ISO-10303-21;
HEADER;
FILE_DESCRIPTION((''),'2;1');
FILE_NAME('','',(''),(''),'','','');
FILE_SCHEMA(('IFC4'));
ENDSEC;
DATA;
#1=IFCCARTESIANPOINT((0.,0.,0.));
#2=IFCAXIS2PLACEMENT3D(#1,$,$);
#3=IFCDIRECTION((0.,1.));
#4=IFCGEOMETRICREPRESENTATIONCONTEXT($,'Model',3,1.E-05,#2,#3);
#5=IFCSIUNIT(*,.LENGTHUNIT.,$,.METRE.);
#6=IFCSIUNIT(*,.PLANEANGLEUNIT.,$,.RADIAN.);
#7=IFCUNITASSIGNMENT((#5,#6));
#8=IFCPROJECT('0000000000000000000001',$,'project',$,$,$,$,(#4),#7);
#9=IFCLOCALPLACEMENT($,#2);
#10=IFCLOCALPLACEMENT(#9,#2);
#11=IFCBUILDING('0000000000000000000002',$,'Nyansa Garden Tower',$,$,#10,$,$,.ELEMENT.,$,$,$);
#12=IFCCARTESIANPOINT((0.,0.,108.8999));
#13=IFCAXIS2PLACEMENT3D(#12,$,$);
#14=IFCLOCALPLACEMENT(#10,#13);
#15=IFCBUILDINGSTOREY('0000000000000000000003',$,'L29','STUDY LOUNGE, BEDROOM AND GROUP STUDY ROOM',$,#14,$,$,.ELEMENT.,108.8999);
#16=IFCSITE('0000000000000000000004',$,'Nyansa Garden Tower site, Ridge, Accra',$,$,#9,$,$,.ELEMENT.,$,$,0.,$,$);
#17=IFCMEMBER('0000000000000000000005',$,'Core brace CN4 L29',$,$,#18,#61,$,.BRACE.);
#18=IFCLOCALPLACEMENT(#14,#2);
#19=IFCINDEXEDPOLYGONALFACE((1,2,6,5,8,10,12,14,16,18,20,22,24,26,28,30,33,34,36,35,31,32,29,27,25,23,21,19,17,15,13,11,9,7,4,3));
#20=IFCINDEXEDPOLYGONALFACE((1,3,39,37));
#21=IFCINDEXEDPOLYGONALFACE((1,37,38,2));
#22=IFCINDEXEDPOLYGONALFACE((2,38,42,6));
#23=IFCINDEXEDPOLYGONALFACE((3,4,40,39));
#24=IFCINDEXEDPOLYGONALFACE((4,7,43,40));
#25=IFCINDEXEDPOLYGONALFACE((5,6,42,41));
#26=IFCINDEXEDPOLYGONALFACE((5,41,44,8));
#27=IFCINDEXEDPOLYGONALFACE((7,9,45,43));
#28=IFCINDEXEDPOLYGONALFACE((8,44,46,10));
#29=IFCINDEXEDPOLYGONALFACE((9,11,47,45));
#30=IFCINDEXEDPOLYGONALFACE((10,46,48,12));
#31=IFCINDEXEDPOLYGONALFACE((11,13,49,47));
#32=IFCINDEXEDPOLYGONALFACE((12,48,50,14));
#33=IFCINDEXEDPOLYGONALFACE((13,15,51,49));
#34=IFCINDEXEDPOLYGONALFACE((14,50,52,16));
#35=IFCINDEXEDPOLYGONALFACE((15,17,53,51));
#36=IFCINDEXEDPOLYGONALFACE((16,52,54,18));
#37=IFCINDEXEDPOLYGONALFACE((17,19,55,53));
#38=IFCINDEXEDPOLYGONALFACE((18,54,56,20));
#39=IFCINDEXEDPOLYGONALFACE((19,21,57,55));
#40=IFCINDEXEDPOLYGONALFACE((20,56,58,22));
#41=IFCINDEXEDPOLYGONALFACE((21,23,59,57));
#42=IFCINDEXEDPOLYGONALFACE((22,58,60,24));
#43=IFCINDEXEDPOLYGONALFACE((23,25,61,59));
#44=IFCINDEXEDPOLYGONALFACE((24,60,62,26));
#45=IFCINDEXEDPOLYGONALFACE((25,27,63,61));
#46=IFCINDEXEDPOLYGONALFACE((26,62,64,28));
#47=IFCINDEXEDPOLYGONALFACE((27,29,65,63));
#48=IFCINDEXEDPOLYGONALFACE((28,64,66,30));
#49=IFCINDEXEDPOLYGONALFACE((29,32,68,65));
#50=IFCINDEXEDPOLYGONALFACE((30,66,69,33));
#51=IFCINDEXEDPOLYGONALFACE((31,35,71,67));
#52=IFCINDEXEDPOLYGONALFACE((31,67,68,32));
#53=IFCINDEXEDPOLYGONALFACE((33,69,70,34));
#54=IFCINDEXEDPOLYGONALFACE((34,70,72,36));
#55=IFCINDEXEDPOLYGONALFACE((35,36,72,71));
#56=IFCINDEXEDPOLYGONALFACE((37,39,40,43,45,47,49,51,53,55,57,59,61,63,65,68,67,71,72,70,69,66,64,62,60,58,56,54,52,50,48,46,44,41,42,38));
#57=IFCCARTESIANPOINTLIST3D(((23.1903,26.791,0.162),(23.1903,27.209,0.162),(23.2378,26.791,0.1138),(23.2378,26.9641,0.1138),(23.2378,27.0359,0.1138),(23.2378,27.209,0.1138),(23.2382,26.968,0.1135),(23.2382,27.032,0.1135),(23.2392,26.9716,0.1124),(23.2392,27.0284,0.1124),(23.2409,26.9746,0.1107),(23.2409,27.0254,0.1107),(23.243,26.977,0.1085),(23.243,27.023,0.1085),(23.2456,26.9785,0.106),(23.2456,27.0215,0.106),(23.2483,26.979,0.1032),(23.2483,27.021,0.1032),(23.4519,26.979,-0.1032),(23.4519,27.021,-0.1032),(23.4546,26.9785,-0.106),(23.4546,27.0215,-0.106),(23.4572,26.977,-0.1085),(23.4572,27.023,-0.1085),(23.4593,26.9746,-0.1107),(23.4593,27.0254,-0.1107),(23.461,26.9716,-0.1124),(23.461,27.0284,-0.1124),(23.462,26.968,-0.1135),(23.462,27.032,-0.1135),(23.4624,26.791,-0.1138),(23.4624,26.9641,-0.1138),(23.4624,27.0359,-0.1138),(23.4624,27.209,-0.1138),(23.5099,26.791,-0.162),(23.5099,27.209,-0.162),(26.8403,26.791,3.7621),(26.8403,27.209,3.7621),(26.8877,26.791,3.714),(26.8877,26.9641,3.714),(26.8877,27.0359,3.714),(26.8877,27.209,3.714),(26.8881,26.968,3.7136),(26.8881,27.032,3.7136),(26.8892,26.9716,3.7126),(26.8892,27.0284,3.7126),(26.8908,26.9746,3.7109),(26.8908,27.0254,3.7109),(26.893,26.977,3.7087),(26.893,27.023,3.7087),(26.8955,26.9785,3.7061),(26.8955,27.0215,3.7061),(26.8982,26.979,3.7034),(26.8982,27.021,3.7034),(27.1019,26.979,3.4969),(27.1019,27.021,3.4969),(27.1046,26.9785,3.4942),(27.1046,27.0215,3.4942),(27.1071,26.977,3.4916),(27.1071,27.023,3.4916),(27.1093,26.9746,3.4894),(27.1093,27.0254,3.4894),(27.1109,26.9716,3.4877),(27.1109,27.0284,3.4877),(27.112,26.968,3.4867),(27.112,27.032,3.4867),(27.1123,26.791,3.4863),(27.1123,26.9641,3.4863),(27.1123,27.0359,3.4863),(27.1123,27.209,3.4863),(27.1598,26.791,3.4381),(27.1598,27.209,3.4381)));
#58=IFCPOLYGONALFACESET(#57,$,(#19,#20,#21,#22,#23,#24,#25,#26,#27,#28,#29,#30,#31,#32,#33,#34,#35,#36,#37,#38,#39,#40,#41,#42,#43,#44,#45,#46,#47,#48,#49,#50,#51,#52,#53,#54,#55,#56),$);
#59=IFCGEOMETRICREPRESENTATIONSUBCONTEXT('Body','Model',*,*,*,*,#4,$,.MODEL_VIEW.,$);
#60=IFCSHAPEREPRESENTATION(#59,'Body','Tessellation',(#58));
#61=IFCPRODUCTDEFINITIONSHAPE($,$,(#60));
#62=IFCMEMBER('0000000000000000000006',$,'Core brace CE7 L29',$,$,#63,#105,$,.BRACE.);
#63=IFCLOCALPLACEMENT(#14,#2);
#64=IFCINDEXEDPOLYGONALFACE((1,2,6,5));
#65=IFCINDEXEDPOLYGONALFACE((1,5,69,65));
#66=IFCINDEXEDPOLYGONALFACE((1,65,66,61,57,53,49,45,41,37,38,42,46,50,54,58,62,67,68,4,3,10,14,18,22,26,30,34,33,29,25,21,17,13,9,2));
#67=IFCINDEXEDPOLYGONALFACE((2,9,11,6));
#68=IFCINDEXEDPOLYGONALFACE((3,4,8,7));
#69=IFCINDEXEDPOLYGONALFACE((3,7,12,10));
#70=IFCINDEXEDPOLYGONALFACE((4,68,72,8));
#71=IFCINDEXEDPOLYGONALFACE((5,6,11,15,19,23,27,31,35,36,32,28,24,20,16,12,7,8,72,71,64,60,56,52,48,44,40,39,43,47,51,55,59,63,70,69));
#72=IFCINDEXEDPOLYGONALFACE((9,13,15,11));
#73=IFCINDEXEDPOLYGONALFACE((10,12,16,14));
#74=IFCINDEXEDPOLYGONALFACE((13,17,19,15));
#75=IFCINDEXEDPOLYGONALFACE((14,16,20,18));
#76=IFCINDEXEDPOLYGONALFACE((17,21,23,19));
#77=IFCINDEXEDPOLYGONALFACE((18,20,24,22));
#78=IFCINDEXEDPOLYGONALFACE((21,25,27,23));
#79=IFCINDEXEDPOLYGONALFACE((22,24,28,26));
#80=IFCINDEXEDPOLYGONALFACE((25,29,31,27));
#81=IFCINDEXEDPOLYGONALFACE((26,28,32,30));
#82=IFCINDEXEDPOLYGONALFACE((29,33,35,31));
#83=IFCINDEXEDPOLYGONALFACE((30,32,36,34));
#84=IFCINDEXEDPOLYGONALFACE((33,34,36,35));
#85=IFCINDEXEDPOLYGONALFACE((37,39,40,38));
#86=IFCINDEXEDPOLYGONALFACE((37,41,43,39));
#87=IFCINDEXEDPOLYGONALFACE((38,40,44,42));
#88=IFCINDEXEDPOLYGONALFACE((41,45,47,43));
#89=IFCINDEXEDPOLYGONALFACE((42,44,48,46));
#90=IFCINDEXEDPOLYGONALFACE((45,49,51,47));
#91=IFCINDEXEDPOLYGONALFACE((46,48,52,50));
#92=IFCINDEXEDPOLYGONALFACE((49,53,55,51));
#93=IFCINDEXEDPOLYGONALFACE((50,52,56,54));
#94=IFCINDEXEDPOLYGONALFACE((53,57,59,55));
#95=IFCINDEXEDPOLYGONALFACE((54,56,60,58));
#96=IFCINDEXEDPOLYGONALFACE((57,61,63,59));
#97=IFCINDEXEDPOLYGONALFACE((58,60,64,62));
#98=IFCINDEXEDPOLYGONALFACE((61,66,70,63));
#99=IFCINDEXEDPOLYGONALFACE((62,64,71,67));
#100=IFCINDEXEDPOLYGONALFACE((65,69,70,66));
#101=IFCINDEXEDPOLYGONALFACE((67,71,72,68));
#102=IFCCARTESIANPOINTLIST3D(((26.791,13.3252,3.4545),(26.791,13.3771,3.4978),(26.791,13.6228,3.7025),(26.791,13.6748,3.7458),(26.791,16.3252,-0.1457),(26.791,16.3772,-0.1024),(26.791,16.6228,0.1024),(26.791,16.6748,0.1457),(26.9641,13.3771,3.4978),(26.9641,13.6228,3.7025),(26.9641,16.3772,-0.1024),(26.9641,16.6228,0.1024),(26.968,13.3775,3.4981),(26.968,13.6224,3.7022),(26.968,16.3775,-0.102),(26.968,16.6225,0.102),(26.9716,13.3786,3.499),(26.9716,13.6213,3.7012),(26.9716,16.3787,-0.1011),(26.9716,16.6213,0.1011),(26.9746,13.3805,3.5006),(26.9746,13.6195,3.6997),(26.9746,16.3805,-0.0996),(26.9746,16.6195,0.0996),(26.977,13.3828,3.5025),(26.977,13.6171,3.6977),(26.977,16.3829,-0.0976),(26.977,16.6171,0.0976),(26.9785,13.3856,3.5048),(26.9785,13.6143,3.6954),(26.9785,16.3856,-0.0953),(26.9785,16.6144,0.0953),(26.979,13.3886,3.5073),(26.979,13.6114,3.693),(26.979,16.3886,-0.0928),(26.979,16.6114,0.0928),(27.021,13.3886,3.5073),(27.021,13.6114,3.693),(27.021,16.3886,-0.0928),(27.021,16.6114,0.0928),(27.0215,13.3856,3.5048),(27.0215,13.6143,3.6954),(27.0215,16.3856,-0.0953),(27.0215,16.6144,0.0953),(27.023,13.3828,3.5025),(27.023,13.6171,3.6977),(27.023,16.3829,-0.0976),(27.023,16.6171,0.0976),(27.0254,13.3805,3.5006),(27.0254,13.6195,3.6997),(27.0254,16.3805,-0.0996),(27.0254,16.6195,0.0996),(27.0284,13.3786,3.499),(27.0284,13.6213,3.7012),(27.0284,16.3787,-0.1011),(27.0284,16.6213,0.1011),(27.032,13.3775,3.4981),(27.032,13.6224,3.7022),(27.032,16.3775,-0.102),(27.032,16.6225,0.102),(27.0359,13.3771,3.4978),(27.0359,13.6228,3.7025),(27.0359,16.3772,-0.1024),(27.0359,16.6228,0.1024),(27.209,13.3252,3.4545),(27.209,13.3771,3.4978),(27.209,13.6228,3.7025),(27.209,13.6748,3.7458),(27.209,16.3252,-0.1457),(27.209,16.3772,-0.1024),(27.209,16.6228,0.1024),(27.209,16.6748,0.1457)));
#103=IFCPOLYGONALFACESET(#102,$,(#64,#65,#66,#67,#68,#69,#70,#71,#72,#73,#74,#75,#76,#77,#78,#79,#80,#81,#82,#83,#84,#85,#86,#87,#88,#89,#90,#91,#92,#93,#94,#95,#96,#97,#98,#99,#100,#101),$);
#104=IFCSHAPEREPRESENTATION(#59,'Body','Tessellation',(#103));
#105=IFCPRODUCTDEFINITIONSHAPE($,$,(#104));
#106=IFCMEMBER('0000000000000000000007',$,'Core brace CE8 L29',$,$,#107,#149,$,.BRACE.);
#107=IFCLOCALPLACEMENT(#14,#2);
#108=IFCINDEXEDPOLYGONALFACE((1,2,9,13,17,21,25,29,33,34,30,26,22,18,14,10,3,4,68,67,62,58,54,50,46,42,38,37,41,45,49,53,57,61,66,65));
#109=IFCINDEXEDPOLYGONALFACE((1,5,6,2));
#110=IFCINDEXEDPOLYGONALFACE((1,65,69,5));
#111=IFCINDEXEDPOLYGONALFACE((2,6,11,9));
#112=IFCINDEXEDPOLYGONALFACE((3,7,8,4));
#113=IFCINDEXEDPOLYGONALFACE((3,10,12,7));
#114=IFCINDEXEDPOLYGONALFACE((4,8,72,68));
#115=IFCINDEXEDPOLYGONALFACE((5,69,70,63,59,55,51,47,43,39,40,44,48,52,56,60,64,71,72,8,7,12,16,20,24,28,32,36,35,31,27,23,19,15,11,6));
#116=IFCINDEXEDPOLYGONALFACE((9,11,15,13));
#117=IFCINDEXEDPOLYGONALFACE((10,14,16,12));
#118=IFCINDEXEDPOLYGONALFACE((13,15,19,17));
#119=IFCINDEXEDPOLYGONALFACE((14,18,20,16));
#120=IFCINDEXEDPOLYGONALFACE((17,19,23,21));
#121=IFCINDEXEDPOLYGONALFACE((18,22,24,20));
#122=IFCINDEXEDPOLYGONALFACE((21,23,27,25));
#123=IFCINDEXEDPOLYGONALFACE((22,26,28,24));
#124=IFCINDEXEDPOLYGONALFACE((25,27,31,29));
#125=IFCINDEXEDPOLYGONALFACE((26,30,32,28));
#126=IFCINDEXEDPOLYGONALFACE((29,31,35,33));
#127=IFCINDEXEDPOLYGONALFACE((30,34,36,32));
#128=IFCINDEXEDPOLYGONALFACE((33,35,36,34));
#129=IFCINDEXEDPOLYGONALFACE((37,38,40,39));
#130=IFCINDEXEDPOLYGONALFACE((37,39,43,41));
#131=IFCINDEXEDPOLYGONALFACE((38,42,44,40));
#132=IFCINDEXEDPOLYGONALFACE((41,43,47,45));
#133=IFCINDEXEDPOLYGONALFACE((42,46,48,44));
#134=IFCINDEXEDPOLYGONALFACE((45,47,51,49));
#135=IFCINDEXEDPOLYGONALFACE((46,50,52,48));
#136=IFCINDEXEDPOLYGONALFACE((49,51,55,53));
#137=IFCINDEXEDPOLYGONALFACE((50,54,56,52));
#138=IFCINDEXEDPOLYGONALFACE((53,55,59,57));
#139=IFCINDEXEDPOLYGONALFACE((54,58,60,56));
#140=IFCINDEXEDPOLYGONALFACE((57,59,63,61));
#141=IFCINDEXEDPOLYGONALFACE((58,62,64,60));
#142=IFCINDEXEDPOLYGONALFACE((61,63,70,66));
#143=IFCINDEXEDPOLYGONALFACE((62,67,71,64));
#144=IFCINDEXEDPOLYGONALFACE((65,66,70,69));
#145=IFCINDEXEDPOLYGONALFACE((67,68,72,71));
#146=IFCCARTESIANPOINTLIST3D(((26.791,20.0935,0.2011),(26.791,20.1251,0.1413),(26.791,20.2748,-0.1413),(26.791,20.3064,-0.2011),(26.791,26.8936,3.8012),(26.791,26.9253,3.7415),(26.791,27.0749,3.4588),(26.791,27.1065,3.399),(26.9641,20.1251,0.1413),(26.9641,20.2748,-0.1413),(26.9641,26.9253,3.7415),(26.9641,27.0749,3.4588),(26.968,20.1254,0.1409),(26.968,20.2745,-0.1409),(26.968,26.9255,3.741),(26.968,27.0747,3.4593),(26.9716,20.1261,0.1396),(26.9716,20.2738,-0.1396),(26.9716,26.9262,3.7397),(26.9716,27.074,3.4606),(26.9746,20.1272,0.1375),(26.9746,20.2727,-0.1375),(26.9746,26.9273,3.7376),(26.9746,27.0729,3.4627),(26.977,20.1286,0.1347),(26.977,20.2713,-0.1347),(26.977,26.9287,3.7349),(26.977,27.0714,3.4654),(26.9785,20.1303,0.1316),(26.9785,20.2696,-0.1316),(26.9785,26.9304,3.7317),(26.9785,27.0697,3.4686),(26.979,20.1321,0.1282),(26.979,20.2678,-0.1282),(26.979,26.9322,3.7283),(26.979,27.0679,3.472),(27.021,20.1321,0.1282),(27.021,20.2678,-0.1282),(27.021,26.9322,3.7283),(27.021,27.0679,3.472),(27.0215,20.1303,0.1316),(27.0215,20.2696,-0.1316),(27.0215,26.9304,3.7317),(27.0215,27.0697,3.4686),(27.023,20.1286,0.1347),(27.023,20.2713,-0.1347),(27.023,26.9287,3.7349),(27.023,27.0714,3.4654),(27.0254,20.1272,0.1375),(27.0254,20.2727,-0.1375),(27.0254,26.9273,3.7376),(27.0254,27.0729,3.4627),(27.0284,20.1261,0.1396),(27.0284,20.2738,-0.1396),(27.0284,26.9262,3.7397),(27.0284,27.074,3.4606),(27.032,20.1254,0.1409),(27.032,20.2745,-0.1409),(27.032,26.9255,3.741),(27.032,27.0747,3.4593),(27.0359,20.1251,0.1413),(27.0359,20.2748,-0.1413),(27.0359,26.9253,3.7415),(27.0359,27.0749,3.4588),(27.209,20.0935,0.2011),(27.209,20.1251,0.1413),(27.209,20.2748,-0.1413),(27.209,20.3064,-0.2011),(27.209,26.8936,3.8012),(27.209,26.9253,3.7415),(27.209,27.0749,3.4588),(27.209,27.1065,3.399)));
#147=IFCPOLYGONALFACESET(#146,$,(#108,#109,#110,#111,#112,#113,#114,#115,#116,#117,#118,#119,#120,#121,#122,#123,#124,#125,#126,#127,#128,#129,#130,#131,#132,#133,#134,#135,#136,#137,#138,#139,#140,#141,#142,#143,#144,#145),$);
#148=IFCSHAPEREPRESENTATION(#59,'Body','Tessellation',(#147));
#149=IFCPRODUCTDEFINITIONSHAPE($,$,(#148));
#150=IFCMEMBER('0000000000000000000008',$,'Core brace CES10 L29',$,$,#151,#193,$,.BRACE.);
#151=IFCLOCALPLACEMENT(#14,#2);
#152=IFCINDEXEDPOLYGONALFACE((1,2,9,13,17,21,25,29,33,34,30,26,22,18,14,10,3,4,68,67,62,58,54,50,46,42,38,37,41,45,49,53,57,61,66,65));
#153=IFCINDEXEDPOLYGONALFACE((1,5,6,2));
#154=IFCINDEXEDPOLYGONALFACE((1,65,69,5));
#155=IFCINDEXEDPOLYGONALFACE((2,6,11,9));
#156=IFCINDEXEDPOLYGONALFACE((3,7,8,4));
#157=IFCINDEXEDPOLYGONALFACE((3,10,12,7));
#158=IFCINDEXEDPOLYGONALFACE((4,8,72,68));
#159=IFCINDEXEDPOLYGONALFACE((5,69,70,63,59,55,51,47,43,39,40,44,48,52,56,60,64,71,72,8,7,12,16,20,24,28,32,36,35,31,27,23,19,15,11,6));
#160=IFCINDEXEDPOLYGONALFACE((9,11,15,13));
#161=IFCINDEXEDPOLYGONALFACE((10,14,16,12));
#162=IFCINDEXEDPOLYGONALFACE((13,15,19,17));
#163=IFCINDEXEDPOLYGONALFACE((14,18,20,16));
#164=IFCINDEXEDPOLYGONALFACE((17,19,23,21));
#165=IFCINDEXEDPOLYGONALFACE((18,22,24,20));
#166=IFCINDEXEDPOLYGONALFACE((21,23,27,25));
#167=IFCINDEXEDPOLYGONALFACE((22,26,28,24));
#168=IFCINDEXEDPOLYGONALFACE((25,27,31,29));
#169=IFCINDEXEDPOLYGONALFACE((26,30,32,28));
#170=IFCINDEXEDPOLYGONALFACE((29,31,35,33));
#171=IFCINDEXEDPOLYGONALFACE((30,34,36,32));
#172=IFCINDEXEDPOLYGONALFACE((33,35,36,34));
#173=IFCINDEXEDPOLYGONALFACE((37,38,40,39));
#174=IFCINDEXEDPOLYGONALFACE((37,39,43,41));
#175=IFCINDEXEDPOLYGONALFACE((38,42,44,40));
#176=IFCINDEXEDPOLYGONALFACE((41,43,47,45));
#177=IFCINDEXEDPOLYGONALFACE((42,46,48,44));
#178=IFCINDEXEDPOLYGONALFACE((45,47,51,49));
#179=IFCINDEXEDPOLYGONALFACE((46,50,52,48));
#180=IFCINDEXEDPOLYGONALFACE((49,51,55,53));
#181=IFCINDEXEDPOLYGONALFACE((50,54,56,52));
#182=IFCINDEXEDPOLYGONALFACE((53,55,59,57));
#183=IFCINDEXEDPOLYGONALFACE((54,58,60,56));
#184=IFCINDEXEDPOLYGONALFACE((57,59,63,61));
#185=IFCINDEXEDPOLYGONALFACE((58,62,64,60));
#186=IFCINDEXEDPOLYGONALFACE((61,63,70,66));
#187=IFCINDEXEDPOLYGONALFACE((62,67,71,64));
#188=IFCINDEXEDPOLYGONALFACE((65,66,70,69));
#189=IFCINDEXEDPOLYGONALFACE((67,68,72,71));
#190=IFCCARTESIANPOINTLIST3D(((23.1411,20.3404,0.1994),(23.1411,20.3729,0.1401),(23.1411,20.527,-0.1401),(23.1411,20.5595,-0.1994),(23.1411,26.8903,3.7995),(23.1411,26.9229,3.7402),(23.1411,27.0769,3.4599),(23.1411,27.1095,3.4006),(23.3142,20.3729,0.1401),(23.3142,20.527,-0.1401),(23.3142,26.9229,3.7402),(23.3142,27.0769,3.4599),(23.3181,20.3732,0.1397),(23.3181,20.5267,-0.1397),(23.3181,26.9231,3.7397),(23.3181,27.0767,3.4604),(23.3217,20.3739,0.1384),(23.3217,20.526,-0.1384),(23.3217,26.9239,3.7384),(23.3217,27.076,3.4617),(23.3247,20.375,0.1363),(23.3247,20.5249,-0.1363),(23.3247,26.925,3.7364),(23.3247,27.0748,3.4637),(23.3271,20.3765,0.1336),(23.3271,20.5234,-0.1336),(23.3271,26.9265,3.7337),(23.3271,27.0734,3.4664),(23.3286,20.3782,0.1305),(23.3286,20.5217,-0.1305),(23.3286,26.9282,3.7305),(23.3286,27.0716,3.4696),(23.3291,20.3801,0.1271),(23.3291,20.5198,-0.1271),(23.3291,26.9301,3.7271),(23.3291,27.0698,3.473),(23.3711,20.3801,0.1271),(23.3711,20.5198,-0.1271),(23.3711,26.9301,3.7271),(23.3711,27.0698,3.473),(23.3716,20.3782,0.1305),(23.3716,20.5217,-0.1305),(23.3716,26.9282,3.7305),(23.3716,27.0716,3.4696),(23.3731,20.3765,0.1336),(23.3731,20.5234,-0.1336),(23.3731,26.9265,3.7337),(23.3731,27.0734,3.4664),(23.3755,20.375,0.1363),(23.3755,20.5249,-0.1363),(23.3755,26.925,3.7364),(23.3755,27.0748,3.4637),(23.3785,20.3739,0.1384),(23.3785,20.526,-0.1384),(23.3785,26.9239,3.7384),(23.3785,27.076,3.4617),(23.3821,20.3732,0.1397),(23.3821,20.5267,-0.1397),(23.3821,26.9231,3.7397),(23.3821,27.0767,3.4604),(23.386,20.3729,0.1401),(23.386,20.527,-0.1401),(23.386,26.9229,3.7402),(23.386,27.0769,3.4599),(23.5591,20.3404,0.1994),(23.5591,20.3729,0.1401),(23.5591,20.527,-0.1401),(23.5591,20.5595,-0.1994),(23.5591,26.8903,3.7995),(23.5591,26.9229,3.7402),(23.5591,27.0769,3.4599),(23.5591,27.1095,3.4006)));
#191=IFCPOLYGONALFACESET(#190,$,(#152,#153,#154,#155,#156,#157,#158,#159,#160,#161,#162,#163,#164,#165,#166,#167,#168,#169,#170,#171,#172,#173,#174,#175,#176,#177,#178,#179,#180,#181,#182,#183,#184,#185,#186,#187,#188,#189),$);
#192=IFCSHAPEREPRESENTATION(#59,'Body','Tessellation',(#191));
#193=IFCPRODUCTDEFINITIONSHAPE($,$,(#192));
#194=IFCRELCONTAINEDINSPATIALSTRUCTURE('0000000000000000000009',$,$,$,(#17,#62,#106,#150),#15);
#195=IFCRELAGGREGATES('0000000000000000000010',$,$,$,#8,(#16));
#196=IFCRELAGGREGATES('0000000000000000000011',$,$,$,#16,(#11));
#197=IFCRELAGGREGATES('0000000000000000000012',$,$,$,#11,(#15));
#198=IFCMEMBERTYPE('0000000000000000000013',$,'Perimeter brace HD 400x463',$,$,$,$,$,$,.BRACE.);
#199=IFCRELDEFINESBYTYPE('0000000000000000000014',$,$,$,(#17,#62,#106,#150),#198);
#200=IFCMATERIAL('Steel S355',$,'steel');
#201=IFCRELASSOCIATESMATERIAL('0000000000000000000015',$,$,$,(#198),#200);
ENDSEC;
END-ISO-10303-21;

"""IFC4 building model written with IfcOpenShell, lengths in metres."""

from ifc_helpers import new_model, si_unit, direction, frame, origin, origin_2d, place, context, subcontext, project, spatial, i_section, extrude, material, material_profile, profile_set, type_object, element, save


model = new_model("IFC4")

# Units and contexts
model_context = context("Model", 3, precision=1e-05, world=origin(), true_north=direction((0.0, 1.0)))
body_context = subcontext(model_context, "Body", "Model", "MODEL_VIEW")
ifc_project = project(units=[si_unit("LENGTHUNIT", "METRE"), si_unit("PLANEANGLEUNIT", "RADIAN")], contexts=[model_context])

# Site, building, storey
site_placement = place(None, origin())
site = spatial("IfcSite", under=ifc_project, at=site_placement, Name="Nyansa Garden Tower site, Ridge, Accra", CompositionType="ELEMENT", RefElevation=0.0)
building_placement = place(site_placement, origin())
building = spatial("IfcBuilding", under=site, at=building_placement, Name="Nyansa Garden Tower", CompositionType="ELEMENT")
storey_placement = place(building_placement, frame((0.0, 0.0, 108.8999)))
storey = spatial("IfcBuildingStorey", under=building, at=storey_placement, Name="L29", Description="STUDY LOUNGE, BEDROOM AND GROUP STUDY ROOM", CompositionType="ELEMENT", Elevation=108.8999)

# Members
ifc_material_1 = material(Name="Steel S355", Category="steel")
ifc_material_profile_1 = material_profile(ifc_material_1, i_section(OverallWidth=0.418, OverallDepth=0.4551, WebThickness=0.042, FlangeThickness=0.0676, FilletRadius=0.0149, at=origin_2d()), Name="HD 400x463")
ifc_profile_set_1 = profile_set([ifc_material_profile_1], Name="Steel S355")
member_type = type_object("IfcMemberType", Name="Perimeter brace HD 400x463", PredefinedType="BRACE", material=ifc_profile_set_1)
member_1_placement = place(storey_placement, frame((23.3501, 27.0, 0.0), z_axis=(0.711948, 0.0, 0.702233), x_axis=(0.0, 1.0, 0.0)))
element("IfcMember", 1, at=member_1_placement, inside=storey, type_object=member_type, Name="Core brace CN4 L29", PredefinedType="BRACE", context=body_context, shape_type="SweptSolid", body=[
    extrude(i_section(OverallWidth=0.418, OverallDepth=0.4551, WebThickness=0.042, FlangeThickness=0.0676, FilletRadius=0.0149, at=origin_2d()), origin(), (0.0, 0.0, 1.0), 5.1267),
])
member_2_placement = place(storey_placement, frame((27.0, 16.5, 0.0), z_axis=(0.0, -0.640174, 0.76823), x_axis=(1.0, 0.0, 0.0)))
element("IfcMember", 2, at=member_2_placement, inside=storey, type_object=member_type, Name="Core brace CE7 L29", PredefinedType="BRACE", context=body_context, shape_type="SweptSolid", body=[
    extrude(i_section(OverallWidth=0.418, OverallDepth=0.4551, WebThickness=0.042, FlangeThickness=0.0676, FilletRadius=0.0149, at=origin_2d()), origin(), (0.0, 0.0, 1.0), 4.6863),
])
member_3_placement = place(storey_placement, frame((27.0, 20.2, 0.0), z_axis=(0.0, 0.883784, 0.467895), x_axis=(-1.0, 0.0, 0.0)))
element("IfcMember", 3, at=member_3_placement, inside=storey, type_object=member_type, Name="Core brace CE8 L29", PredefinedType="BRACE", context=body_context, shape_type="SweptSolid", body=[
    extrude(i_section(OverallWidth=0.418, OverallDepth=0.4551, WebThickness=0.042, FlangeThickness=0.0676, FilletRadius=0.0149, at=origin_2d()), origin(), (0.0, 0.0, 1.0), 7.6943),
])
member_4_placement = place(storey_placement, frame((23.3501, 20.45, 0.0), z_axis=(0.0, 0.876353, 0.481669), x_axis=(-1.0, 0.0, 0.0)))
element("IfcMember", 4, at=member_4_placement, inside=storey, type_object=member_type, Name="Core brace CES10 L29", PredefinedType="BRACE", context=body_context, shape_type="SweptSolid", body=[
    extrude(i_section(OverallWidth=0.418, OverallDepth=0.4551, WebThickness=0.042, FlangeThickness=0.0676, FilletRadius=0.0149, at=origin_2d()), origin(), (0.0, 0.0, 1.0), 7.4741),
])

save(model, "model.ifc")
